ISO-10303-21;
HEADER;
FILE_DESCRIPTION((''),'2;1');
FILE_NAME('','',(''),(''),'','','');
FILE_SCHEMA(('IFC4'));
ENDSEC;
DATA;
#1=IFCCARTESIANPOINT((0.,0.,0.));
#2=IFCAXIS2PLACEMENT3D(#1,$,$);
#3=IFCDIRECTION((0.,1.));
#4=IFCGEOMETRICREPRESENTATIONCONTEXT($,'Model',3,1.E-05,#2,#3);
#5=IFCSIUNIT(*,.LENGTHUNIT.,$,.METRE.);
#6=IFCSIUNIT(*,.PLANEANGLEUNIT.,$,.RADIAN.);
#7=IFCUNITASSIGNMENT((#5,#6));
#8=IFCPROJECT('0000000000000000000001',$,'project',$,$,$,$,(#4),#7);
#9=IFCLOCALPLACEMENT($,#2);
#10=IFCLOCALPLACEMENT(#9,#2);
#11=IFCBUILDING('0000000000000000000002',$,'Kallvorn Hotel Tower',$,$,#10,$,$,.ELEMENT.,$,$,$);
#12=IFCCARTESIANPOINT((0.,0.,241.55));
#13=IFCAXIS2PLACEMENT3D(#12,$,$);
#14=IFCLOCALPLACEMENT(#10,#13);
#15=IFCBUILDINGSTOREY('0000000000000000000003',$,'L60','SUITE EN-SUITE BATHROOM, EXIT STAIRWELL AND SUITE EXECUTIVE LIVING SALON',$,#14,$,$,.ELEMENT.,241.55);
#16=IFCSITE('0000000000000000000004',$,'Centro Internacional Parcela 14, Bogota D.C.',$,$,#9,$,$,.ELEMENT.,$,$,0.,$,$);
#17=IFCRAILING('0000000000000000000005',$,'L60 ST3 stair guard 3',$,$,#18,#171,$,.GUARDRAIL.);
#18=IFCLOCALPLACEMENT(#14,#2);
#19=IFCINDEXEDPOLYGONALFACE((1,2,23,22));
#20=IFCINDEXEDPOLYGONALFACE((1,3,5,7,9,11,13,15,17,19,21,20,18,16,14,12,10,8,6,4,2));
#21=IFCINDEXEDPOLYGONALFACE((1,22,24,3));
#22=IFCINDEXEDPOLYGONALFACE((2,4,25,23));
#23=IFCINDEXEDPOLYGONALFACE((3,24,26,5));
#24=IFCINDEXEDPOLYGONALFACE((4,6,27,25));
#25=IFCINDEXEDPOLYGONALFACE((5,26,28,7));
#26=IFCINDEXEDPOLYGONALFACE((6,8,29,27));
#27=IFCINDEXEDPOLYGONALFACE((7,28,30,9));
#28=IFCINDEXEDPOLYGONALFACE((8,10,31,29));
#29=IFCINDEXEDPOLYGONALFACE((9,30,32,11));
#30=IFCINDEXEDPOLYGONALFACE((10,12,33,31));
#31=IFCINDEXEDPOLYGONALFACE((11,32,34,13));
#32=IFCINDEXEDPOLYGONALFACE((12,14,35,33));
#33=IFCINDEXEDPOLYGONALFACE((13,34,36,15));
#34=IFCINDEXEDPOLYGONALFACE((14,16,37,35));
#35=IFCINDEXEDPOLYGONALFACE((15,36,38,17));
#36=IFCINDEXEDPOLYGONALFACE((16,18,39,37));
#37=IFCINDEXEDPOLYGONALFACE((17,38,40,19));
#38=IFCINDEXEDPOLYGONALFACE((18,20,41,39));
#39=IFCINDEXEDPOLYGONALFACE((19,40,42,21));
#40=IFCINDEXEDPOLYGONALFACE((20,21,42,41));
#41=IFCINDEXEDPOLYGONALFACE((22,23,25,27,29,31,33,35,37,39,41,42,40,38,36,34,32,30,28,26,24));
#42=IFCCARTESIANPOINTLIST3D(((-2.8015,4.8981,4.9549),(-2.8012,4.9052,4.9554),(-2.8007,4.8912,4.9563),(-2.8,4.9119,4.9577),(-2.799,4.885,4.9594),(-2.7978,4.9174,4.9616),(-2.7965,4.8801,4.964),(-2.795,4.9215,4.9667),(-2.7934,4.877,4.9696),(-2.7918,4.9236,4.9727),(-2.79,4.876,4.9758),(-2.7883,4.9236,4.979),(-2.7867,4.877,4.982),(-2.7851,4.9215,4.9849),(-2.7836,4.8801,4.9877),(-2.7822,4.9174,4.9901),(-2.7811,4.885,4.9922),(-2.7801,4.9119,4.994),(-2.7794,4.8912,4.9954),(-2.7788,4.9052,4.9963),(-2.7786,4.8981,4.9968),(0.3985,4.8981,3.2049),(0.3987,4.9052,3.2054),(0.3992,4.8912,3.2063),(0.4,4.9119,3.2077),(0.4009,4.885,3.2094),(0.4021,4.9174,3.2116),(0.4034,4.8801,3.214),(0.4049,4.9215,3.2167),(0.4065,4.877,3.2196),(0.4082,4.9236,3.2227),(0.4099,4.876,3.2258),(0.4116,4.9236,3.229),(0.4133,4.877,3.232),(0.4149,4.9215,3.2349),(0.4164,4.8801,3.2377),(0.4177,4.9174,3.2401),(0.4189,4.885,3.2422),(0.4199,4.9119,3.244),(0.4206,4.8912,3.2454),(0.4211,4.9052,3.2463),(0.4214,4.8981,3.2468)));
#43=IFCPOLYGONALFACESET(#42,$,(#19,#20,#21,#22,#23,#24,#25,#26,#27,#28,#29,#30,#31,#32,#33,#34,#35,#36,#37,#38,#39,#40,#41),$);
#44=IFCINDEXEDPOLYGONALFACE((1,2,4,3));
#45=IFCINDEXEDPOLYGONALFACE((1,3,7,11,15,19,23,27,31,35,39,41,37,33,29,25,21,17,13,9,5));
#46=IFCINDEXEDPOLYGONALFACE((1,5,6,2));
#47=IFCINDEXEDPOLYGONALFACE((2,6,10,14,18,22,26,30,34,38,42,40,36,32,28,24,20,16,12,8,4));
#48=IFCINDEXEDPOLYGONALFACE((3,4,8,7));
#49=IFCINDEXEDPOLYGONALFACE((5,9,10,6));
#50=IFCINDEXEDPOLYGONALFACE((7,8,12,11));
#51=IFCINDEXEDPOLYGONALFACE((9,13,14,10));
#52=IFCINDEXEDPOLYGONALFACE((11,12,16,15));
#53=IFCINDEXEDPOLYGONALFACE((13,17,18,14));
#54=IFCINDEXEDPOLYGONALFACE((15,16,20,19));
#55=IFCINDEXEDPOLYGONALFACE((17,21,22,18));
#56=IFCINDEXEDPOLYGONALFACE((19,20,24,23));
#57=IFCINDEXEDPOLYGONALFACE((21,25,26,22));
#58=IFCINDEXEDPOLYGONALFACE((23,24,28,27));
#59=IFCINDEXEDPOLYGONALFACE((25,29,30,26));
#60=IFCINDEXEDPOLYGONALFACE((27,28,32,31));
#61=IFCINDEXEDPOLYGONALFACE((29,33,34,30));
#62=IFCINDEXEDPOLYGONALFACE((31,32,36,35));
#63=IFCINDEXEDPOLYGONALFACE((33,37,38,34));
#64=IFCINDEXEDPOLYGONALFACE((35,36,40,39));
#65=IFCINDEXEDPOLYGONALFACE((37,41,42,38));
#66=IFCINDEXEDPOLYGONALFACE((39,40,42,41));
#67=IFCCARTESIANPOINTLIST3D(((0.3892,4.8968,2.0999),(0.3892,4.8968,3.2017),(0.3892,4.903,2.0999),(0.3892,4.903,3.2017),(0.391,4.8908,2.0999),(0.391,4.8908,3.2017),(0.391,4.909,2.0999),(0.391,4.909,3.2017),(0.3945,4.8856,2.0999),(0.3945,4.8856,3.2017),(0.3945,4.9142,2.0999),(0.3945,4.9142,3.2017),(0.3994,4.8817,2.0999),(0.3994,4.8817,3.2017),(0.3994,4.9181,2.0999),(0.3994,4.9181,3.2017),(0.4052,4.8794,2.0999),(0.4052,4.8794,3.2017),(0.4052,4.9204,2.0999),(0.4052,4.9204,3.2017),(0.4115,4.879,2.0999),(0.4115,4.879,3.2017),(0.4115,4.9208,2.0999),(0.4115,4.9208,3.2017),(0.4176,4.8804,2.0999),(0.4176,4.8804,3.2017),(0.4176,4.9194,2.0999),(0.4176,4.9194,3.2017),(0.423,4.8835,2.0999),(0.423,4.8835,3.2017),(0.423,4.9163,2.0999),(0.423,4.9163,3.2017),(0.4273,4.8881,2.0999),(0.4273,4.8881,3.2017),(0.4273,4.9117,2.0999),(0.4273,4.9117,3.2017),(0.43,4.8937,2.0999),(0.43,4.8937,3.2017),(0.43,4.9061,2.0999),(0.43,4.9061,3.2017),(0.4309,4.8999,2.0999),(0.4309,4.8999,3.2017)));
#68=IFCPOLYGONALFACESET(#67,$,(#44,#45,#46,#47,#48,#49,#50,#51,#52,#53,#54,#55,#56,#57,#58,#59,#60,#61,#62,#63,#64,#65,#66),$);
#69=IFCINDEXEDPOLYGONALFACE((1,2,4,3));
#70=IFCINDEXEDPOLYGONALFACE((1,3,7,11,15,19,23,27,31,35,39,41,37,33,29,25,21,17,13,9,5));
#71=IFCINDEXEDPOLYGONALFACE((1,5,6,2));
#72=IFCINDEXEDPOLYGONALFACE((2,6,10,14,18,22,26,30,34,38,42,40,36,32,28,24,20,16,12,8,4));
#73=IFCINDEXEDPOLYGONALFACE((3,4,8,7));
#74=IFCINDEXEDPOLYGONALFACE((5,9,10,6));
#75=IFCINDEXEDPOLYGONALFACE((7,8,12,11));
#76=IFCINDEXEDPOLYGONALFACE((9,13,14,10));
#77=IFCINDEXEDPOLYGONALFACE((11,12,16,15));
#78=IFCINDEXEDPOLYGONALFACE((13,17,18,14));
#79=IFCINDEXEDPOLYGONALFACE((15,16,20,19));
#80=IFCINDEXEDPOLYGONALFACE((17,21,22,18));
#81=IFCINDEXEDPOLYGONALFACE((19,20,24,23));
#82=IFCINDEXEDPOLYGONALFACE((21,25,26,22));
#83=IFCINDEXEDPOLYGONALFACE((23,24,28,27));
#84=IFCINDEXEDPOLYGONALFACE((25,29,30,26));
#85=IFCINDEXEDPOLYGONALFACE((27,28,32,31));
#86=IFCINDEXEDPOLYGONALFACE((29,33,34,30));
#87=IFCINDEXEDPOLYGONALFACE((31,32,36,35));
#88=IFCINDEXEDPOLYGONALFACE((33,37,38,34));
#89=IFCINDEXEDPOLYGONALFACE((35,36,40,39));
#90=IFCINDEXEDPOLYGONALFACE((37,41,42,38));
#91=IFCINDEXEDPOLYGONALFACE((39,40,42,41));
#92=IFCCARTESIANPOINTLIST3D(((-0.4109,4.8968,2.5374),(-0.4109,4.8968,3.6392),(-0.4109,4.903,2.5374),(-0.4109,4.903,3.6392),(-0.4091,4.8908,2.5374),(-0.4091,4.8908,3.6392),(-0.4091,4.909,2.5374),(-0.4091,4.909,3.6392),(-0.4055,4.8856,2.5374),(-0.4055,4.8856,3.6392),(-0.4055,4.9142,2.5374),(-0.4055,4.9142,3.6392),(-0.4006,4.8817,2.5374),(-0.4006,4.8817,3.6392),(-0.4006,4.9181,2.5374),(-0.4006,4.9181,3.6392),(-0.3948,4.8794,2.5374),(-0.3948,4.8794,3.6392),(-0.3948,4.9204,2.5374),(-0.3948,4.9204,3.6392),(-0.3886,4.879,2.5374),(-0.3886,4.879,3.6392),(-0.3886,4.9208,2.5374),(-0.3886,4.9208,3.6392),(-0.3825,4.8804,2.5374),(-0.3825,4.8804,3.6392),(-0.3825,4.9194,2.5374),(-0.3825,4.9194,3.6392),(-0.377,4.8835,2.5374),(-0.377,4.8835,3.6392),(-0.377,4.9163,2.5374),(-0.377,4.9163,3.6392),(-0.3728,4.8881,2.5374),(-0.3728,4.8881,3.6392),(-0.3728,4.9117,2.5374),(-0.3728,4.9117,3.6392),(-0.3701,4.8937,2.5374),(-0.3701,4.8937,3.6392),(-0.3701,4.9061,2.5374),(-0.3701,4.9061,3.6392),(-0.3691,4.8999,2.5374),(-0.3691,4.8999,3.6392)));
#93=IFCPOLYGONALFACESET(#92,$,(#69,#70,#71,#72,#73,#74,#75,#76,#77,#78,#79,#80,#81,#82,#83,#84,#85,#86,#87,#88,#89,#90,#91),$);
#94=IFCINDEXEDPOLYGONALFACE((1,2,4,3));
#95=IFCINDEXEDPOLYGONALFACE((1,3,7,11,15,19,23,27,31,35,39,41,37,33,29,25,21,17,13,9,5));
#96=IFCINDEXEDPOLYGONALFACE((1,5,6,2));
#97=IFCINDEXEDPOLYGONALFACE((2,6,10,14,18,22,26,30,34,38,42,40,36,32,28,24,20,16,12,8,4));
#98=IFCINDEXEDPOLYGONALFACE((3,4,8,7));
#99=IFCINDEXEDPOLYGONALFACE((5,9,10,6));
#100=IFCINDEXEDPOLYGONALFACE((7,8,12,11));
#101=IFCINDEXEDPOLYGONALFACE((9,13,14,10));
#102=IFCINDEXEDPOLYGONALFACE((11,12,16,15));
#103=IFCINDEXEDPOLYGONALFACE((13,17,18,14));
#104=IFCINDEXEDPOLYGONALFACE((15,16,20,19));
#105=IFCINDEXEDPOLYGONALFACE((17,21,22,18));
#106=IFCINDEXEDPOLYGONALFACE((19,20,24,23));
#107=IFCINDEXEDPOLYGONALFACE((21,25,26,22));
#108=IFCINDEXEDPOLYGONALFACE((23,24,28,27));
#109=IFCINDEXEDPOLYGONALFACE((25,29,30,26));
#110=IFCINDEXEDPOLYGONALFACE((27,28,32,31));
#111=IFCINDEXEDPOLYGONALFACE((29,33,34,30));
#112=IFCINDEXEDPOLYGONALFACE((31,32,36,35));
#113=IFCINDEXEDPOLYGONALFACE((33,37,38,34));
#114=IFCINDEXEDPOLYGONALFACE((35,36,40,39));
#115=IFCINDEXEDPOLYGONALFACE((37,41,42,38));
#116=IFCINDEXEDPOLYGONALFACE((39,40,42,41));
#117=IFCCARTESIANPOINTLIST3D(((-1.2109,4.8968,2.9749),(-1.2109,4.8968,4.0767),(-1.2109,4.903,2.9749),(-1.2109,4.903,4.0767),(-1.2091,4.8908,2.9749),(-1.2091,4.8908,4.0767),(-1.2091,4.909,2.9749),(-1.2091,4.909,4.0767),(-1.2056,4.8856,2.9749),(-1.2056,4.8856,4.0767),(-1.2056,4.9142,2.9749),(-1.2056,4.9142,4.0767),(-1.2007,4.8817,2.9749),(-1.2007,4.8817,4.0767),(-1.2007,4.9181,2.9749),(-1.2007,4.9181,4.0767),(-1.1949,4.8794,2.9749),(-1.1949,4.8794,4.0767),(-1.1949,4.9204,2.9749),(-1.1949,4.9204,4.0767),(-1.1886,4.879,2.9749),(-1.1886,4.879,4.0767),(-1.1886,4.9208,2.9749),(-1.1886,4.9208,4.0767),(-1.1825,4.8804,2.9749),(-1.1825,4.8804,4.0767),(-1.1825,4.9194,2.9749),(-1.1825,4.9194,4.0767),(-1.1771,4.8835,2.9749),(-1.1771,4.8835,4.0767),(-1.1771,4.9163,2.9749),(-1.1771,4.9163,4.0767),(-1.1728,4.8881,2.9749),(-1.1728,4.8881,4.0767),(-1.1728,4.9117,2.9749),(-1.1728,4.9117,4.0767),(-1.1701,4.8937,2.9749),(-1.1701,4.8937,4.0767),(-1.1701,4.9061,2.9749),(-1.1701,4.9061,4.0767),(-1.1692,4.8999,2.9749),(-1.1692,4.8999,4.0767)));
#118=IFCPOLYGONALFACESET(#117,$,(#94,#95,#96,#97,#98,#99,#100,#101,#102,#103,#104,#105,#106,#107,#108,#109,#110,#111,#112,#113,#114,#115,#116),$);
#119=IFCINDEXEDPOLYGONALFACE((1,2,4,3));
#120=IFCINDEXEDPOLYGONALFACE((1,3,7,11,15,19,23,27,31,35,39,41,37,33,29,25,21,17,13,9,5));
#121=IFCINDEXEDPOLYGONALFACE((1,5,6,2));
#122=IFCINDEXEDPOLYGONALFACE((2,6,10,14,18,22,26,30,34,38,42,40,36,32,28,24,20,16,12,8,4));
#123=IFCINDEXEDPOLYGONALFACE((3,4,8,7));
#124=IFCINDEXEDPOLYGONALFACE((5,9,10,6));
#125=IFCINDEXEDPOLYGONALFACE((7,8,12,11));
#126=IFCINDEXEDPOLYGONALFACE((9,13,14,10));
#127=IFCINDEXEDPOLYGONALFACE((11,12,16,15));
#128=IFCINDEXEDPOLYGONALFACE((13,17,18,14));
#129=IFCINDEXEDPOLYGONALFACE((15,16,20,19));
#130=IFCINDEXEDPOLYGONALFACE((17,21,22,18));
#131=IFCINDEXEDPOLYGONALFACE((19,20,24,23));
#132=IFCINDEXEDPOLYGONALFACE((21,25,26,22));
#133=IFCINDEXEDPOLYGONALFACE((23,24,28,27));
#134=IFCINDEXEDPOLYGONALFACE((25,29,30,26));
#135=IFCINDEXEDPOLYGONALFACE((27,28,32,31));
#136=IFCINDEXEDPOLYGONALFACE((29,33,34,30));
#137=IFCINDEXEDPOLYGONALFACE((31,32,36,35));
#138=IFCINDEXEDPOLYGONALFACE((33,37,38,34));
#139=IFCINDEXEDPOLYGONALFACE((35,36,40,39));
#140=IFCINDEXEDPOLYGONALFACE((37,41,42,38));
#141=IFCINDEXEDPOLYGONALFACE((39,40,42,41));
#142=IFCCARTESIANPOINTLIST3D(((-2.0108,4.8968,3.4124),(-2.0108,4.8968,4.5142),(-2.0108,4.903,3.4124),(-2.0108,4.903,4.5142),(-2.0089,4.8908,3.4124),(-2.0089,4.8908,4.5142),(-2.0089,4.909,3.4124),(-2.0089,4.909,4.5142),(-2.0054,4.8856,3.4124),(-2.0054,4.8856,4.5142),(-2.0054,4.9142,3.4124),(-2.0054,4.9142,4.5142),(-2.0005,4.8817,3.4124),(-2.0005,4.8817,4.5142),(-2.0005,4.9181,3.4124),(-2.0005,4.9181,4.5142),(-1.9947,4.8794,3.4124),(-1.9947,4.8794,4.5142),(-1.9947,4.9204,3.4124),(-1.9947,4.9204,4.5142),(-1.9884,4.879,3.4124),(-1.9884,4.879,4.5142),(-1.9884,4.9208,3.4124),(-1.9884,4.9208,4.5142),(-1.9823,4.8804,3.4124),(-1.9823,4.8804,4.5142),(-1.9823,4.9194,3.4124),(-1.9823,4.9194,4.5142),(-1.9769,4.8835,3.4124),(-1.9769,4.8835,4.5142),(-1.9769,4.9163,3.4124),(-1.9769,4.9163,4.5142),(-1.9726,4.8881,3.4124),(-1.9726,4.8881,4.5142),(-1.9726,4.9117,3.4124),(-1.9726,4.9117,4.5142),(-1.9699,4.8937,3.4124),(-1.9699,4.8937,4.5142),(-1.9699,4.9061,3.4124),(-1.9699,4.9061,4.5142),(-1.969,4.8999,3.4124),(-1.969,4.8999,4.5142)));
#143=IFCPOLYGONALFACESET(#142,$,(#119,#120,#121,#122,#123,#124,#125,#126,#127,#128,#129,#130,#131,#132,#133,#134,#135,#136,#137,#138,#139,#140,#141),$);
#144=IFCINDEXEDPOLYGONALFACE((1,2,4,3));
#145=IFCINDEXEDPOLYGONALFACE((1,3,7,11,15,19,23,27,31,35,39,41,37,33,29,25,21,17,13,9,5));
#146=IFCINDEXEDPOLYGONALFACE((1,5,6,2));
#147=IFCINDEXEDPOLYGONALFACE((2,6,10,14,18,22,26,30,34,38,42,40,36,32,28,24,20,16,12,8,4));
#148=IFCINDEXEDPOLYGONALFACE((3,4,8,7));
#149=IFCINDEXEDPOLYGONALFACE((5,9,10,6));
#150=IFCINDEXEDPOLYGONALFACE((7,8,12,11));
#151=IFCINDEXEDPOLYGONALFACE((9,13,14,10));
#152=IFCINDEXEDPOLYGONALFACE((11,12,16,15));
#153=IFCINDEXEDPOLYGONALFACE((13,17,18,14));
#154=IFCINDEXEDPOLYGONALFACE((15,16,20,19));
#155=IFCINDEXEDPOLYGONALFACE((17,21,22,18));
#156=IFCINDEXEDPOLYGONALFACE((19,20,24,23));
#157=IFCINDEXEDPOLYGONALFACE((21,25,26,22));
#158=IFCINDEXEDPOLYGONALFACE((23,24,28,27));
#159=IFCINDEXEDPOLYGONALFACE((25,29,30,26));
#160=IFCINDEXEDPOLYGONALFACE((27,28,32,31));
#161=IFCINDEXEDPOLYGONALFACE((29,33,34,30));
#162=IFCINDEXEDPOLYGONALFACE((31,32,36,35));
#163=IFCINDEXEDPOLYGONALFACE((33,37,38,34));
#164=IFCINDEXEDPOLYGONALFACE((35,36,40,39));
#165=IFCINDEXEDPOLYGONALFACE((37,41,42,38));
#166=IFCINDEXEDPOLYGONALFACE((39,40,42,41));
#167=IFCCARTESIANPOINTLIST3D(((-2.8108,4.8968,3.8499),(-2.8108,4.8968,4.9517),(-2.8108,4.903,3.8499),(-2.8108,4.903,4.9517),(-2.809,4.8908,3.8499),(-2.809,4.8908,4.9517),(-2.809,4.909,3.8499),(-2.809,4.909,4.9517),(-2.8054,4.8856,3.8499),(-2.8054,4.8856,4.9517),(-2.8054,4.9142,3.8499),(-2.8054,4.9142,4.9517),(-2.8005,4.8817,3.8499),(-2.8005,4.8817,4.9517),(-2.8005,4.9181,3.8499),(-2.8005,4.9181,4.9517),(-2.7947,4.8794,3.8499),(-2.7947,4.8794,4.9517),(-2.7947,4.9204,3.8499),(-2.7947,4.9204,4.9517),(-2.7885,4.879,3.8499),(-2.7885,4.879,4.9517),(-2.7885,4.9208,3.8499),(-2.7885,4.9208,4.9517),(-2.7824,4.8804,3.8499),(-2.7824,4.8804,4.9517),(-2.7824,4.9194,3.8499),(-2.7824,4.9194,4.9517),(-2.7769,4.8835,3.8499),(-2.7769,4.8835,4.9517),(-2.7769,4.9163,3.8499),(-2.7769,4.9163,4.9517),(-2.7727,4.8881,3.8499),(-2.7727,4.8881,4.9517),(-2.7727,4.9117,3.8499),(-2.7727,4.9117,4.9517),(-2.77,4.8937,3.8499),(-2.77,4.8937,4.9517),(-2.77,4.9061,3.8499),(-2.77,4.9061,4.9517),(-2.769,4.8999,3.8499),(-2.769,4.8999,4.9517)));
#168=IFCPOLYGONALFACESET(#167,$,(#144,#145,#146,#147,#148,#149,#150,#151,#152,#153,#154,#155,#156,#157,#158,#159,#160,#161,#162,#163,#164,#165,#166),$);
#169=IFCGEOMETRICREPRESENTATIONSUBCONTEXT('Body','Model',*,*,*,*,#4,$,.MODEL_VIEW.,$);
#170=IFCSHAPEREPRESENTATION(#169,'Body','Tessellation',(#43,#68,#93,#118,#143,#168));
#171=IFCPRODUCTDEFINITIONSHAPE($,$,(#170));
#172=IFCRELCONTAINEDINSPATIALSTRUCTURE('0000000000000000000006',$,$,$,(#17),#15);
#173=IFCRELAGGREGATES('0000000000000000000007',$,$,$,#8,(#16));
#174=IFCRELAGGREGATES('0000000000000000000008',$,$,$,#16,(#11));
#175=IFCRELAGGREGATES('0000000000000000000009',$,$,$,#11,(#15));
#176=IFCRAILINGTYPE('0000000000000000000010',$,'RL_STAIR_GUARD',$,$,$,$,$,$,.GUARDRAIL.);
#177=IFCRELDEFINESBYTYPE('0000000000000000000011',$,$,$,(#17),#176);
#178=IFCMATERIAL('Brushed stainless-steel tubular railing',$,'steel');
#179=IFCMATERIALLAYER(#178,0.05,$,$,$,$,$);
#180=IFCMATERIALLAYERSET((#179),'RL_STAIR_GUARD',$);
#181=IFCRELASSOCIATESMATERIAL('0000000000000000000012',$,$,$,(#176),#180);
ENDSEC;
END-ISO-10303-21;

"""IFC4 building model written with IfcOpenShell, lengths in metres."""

from ifc_helpers import new_model, si_unit, direction, frame, origin, origin_2d, place, context, subcontext, project, spatial, circle, extrude, material, layer, layer_set, type_object, element, save


model = new_model("IFC4")

# Units and contexts
model_context = context("Model", 3, precision=1e-05, world=origin(), true_north=direction((0.0, 1.0)))
body_context = subcontext(model_context, "Body", "Model", "MODEL_VIEW")
ifc_project = project(units=[si_unit("LENGTHUNIT", "METRE"), si_unit("PLANEANGLEUNIT", "RADIAN")], contexts=[model_context])

# Site, building, storey
site_placement = place(None, origin())
site = spatial("IfcSite", under=ifc_project, at=site_placement, Name="Centro Internacional Parcela 14, Bogota D.C.", CompositionType="ELEMENT", RefElevation=0.0)
building_placement = place(site_placement, origin())
building = spatial("IfcBuilding", under=site, at=building_placement, Name="Kallvorn Hotel Tower", CompositionType="ELEMENT")
storey_placement = place(building_placement, frame((0.0, 0.0, 241.55)))
storey = spatial("IfcBuildingStorey", under=building, at=storey_placement, Name="L60", Description="SUITE EN-SUITE BATHROOM, EXIT STAIRWELL AND SUITE EXECUTIVE LIVING SALON", CompositionType="ELEMENT", Elevation=241.55)

# Railing
ifc_material_1 = material(Name="Brushed stainless-steel tubular railing", Category="steel")
ifc_layer_1 = layer(ifc_material_1, 0.05)
ifc_layer_set_1 = layer_set([ifc_layer_1], Name="RL_STAIR_GUARD")
railing_type_1 = type_object("IfcRailingType", Name="RL_STAIR_GUARD", PredefinedType="GUARDRAIL", material=ifc_layer_set_1)
railing_1_placement = place(storey_placement, frame((0.4099, 4.8999, 2.0999)))
element("IfcRailing", 1, at=railing_1_placement, inside=storey, type_object=railing_type_1, Name="L60 ST3 stair guard 3", PredefinedType="GUARDRAIL", context=body_context, shape_type="SweptSolid", body=[
    extrude(circle(Radius=0.0239, at=origin_2d()), frame((0.0, 0.0, 1.126), z_axis=(-0.877368, 0.0, 0.479818), x_axis=(0.0, -1.0, 0.0)), (0.0, 0.0, 1.0), 3.6472),
    extrude(circle(Radius=0.021, at=origin_2d()), origin(), (0.0, 0.0, 1.0), 1.1018),
    extrude(circle(Radius=0.021, at=origin_2d()), frame((-0.8, 0.0, 0.4375)), (0.0, 0.0, 1.0), 1.1018),
    extrude(circle(Radius=0.021, at=origin_2d()), frame((-1.6001, 0.0, 0.875)), (0.0, 0.0, 1.0), 1.1018),
    extrude(circle(Radius=0.021, at=origin_2d()), frame((-2.3999, 0.0, 1.3125)), (0.0, 0.0, 1.0), 1.1018),
    extrude(circle(Radius=0.021, at=origin_2d()), frame((-3.2, 0.0, 1.75)), (0.0, 0.0, 1.0), 1.1018),
])

save(model, "model.ifc")
